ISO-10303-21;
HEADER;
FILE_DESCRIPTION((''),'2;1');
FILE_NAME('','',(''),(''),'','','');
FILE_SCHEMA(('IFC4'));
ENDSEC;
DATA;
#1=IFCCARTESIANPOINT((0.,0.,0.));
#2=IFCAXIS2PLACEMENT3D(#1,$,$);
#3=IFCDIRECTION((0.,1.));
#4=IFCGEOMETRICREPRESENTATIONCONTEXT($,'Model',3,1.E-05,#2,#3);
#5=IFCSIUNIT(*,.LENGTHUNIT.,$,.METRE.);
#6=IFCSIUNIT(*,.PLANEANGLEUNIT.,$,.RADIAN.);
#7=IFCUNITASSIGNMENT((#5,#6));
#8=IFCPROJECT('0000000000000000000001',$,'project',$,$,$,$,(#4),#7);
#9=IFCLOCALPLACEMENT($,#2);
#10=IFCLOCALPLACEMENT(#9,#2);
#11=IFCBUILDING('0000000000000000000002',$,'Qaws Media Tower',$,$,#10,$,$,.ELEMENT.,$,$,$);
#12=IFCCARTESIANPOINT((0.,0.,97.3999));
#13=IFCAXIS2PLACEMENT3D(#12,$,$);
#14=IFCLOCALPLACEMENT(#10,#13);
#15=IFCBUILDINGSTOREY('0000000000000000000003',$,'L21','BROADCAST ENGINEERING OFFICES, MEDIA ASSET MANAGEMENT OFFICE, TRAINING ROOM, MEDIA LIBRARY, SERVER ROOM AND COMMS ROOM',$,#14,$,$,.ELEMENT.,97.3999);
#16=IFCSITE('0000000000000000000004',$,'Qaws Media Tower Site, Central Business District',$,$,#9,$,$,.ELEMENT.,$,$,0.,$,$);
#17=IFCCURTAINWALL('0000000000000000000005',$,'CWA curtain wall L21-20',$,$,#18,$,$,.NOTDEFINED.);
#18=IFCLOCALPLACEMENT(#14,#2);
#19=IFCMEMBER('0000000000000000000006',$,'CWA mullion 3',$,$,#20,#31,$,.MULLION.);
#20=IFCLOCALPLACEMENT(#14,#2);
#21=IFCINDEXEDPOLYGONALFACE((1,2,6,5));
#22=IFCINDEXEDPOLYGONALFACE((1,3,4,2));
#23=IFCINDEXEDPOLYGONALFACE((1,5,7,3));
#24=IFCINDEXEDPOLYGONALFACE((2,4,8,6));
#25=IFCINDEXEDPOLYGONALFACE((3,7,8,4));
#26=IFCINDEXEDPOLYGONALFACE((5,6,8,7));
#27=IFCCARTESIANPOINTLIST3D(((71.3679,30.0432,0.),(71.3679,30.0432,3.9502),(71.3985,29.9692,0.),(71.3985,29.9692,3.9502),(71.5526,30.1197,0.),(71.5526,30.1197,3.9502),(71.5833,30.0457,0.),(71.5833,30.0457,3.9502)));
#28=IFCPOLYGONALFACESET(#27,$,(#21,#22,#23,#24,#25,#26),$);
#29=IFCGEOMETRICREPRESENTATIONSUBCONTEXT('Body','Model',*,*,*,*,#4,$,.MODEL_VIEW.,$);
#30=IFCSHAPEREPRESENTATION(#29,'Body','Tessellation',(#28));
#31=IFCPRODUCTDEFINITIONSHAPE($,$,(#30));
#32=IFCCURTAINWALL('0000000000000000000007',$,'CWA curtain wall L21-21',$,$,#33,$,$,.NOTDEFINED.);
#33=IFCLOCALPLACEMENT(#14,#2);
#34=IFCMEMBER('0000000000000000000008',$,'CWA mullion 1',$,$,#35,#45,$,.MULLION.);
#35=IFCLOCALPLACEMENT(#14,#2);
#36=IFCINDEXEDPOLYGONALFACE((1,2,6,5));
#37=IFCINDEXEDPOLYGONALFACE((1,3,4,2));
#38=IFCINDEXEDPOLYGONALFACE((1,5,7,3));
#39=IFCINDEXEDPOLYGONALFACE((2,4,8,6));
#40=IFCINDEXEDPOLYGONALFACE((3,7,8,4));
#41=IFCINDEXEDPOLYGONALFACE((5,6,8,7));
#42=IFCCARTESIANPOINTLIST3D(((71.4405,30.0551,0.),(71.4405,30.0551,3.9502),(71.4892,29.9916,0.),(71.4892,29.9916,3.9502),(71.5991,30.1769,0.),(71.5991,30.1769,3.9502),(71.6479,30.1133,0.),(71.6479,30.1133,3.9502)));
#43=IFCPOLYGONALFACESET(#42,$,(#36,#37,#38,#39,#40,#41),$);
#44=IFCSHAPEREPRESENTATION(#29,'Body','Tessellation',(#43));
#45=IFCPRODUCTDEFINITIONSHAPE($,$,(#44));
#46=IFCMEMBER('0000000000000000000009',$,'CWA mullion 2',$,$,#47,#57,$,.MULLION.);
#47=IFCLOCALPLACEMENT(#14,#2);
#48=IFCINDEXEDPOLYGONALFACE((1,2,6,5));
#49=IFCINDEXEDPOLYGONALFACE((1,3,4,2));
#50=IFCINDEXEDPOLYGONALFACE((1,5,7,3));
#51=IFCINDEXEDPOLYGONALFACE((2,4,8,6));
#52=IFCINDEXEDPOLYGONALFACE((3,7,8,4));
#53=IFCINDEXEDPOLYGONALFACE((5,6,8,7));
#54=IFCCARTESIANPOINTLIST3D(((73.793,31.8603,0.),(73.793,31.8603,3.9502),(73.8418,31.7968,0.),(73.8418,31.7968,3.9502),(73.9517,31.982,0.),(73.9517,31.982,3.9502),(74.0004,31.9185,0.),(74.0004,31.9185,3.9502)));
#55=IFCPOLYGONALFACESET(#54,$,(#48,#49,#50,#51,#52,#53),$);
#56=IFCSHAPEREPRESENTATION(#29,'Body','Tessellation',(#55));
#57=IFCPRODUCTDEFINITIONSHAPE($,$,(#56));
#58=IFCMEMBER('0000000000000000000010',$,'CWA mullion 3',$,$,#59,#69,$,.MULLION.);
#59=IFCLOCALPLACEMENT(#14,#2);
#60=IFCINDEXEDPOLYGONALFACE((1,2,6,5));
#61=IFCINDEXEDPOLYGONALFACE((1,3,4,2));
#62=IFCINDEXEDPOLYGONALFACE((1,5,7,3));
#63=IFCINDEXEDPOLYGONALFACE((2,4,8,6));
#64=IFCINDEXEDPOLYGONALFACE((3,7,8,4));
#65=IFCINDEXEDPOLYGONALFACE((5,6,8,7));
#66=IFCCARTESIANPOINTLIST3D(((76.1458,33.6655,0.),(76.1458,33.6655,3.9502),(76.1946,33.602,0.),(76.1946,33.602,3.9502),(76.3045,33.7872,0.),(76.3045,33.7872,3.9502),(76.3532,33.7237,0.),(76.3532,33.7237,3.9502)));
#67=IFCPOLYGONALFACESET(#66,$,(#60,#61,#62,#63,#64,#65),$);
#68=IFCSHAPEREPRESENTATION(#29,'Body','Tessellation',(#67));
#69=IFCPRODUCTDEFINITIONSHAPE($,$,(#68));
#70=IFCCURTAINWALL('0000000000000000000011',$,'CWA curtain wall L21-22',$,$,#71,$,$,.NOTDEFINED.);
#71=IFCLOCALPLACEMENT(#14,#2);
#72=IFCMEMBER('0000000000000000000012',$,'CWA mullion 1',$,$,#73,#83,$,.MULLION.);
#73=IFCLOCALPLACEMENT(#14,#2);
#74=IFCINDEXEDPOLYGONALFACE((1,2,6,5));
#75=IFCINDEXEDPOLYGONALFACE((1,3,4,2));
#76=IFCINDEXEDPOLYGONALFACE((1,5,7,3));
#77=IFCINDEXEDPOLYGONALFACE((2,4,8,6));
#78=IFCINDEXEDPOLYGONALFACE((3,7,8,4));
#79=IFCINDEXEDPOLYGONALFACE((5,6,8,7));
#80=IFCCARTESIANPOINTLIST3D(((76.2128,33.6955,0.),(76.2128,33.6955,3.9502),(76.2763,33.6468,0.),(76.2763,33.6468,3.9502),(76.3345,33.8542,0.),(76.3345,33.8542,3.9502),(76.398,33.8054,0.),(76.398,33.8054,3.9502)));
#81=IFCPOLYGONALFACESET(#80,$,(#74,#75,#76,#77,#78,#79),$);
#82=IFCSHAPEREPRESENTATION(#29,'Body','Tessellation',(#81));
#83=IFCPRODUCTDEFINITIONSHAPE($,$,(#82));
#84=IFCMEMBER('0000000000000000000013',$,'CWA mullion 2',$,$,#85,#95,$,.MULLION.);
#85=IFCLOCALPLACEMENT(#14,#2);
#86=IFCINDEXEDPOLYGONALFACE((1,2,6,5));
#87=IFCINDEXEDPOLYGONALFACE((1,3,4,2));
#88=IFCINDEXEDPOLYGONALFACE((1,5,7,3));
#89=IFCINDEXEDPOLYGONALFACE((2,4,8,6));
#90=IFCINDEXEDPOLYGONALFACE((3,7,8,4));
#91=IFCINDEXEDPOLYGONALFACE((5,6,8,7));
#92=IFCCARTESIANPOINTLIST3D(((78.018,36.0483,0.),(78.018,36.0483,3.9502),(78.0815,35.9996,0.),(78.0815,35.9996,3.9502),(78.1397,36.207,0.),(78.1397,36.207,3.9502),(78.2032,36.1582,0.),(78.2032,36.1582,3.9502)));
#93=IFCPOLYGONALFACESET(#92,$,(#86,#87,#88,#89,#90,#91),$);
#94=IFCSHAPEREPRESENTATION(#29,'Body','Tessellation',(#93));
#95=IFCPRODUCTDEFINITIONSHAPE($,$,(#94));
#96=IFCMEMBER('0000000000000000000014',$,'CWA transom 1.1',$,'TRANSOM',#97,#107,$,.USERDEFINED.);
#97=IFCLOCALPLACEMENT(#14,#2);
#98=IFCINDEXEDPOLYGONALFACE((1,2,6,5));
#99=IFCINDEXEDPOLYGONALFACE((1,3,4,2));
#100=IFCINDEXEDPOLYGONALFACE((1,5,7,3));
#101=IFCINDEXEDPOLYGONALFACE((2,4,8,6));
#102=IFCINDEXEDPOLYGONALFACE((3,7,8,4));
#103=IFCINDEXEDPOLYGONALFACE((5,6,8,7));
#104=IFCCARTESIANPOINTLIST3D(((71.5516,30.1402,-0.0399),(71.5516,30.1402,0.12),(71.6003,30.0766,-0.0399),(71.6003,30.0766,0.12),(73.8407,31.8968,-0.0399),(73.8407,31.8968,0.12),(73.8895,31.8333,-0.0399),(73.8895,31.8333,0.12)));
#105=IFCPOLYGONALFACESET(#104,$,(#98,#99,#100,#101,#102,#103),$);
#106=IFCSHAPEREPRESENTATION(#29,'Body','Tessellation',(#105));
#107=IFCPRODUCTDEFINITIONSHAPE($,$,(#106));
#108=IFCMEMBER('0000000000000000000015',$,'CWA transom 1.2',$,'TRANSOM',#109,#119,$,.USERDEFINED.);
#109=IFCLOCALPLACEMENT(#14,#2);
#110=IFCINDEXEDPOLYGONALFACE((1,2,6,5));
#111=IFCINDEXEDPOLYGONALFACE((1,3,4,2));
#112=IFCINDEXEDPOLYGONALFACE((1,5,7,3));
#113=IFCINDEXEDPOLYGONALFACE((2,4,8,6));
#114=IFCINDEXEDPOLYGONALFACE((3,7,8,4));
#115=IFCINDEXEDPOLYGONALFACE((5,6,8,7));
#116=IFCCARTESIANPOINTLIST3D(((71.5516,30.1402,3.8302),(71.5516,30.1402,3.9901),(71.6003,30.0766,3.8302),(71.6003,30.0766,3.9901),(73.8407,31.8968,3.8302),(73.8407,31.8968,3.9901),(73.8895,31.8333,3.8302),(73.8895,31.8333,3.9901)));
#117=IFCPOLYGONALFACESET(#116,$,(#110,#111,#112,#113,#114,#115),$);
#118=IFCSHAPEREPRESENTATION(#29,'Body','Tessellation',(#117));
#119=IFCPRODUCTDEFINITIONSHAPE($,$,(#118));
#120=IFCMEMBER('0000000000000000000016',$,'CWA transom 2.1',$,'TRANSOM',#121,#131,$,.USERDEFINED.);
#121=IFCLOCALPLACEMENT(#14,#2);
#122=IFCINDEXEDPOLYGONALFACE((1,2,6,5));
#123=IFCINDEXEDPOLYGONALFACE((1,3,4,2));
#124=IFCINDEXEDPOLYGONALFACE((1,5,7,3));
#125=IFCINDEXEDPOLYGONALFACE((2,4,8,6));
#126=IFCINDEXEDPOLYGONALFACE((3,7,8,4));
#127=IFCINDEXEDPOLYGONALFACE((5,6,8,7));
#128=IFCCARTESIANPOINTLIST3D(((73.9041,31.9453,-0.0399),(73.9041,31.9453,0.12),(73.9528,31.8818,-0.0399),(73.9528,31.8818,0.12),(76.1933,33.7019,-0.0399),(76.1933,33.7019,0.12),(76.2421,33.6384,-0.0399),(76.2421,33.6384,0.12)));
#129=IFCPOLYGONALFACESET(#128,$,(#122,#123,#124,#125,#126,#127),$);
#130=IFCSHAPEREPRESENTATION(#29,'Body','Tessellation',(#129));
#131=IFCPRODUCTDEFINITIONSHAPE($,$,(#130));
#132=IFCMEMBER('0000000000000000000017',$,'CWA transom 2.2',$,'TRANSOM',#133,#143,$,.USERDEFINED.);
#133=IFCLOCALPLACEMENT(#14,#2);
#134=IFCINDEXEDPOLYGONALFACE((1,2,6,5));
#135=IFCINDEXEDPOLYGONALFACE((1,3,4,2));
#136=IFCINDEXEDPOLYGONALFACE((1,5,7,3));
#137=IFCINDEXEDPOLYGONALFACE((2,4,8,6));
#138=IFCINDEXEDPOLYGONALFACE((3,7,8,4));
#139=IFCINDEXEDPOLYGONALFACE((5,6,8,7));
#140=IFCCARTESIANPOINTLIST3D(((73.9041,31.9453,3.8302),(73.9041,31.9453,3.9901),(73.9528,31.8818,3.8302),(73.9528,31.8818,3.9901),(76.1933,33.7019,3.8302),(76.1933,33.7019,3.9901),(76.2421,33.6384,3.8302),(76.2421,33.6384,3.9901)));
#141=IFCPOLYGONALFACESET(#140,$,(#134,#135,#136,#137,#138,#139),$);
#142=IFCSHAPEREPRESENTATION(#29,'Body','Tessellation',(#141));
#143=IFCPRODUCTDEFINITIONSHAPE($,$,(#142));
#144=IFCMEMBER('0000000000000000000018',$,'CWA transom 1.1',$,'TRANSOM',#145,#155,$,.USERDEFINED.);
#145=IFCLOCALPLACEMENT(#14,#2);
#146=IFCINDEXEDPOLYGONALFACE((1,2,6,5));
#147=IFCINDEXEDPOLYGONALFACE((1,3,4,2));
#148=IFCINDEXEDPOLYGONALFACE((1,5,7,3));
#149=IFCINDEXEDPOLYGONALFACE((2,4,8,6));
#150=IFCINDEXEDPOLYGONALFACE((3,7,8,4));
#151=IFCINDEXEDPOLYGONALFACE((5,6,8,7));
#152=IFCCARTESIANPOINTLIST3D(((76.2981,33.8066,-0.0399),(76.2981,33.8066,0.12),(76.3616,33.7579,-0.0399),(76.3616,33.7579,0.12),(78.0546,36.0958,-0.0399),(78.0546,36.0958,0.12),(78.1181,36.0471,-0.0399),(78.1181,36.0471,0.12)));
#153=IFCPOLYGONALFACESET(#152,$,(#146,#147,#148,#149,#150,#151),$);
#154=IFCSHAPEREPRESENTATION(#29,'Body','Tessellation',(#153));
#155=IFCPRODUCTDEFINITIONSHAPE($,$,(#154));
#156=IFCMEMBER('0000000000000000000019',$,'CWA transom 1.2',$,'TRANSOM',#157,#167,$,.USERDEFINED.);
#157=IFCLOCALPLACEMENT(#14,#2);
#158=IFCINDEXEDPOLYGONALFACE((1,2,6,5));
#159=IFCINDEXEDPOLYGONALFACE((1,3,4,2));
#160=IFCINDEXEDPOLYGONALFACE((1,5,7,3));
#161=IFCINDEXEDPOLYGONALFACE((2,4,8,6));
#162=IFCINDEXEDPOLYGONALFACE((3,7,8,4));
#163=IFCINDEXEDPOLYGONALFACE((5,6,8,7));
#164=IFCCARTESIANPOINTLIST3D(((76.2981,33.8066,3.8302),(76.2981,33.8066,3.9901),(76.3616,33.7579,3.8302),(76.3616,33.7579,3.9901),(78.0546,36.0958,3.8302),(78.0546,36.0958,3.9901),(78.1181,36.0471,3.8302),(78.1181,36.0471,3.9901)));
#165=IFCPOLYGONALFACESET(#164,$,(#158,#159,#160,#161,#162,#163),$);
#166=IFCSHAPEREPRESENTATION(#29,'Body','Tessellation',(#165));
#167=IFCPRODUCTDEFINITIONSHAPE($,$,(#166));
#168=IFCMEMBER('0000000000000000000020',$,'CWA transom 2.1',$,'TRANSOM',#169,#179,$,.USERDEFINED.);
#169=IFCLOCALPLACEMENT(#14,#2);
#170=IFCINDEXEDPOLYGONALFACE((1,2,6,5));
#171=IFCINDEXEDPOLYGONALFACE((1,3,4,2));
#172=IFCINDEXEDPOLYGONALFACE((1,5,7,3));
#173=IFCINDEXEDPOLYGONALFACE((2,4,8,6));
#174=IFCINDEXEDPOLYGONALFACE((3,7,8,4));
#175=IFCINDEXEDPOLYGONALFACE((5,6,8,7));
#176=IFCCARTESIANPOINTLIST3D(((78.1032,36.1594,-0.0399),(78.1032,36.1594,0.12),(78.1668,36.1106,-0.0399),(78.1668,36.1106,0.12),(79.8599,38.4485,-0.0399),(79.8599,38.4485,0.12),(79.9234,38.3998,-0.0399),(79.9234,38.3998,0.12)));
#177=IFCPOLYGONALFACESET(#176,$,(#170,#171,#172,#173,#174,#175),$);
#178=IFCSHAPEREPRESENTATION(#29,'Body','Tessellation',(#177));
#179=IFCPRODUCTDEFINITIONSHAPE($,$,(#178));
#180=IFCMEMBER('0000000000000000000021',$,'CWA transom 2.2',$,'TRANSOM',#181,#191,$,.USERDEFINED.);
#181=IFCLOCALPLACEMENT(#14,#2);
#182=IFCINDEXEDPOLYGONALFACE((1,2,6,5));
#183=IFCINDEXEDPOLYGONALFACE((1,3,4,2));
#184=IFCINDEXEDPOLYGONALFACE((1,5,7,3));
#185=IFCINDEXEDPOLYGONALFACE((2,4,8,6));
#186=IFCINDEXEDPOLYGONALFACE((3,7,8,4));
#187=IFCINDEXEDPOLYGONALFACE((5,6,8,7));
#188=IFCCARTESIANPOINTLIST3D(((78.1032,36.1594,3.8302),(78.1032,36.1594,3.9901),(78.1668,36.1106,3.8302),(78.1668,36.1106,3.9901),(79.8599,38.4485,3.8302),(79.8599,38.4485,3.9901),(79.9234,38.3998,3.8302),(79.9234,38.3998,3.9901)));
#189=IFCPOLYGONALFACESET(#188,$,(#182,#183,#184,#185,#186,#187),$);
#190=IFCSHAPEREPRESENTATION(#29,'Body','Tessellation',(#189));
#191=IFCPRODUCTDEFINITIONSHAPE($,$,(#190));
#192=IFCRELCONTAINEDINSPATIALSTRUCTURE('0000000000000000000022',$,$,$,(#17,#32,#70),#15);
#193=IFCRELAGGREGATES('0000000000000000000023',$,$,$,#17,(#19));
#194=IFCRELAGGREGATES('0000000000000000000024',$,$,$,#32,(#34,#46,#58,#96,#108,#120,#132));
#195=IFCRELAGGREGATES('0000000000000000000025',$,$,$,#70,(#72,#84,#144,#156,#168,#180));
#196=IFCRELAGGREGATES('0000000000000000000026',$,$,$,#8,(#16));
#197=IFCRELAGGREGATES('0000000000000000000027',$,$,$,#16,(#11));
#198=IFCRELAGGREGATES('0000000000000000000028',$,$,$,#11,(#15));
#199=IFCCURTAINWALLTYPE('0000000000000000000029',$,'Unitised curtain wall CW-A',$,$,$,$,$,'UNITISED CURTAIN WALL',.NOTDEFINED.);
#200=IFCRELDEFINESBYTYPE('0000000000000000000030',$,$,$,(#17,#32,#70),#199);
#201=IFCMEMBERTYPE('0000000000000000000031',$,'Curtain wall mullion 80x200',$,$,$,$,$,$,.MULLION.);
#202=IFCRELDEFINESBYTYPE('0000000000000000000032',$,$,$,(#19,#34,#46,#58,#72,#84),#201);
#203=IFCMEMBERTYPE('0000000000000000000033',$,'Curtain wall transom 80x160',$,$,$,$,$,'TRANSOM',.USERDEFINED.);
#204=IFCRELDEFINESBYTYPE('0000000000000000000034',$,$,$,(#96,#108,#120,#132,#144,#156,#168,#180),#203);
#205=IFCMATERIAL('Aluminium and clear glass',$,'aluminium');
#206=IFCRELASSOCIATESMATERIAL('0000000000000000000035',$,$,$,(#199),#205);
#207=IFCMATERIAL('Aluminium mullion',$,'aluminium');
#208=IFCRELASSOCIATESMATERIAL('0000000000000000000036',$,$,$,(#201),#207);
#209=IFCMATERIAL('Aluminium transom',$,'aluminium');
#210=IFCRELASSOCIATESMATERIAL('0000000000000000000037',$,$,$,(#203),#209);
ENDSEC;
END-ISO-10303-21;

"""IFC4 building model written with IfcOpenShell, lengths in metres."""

from ifc_helpers import new_model, si_unit, direction, frame, origin, origin_2d, place, context, subcontext, project, spatial, rectangle, extrude, material, material_profile, profile_set, type_object, element, aggregate, save


model = new_model("IFC4")

# Units and contexts
model_context = context("Model", 3, precision=1e-05, world=origin(), true_north=direction((0.0, 1.0)))
body_context = subcontext(model_context, "Body", "Model", "MODEL_VIEW")
ifc_project = project(units=[si_unit("LENGTHUNIT", "METRE"), si_unit("PLANEANGLEUNIT", "RADIAN")], contexts=[model_context])

# Site, building, storey
site_placement = place(None, origin())
site = spatial("IfcSite", under=ifc_project, at=site_placement, Name="Qaws Media Tower Site, Central Business District", CompositionType="ELEMENT", RefElevation=0.0)
building_placement = place(site_placement, origin())
building = spatial("IfcBuilding", under=site, at=building_placement, Name="Qaws Media Tower", CompositionType="ELEMENT")
storey_placement = place(building_placement, frame((0.0, 0.0, 97.3999)))
storey = spatial("IfcBuildingStorey", under=building, at=storey_placement, Name="L21", Description="BROADCAST ENGINEERING OFFICES, MEDIA ASSET MANAGEMENT OFFICE, TRAINING ROOM, MEDIA LIBRARY, SERVER ROOM AND COMMS ROOM", CompositionType="ELEMENT", Elevation=97.3999)

# Curtain wall, member
ifc_material_1 = material(Name="Aluminium and clear glass", Category="aluminium")
curtain_wall_type = type_object("IfcCurtainWallType", Name="Unitised curtain wall CW-A", ElementType="UNITISED CURTAIN WALL", PredefinedType="NOTDEFINED", material=ifc_material_1)
curtain_wall_1_placement = place(storey_placement, origin())
curtain_wall_1 = element("IfcCurtainWall", 1, at=curtain_wall_1_placement, inside=storey, type_object=curtain_wall_type, Name="CWA curtain wall L21-20", PredefinedType="NOTDEFINED")
ifc_material_2 = material(Name="Aluminium mullion", Category="aluminium")
ifc_material_profile_1 = material_profile(ifc_material_2, rectangle(XDim=0.0801, YDim=0.2, at=origin_2d()), Name="80x200")
ifc_profile_set_1 = profile_set([ifc_material_profile_1], Name="Aluminium mullion")
member_type_1 = type_object("IfcMemberType", Name="Curtain wall mullion 80x200", PredefinedType="MULLION", material=ifc_profile_set_1)
member_1_placement = place(storey_placement, frame((71.4756, 30.0444, 0.0), z_axis=(0.0, 0.0, 1.0), x_axis=(-0.382683, 0.92388, 0.0)))
member_1 = element("IfcMember", 2, at=member_1_placement, type_object=member_type_1, Name="CWA mullion 3", PredefinedType="MULLION", context=body_context, shape_type="SweptSolid", body=[
    extrude(rectangle(XDim=0.0801, YDim=0.2, at=origin_2d()), origin(), (0.0, 0.0, 1.0), 3.9502),
])
aggregate(curtain_wall_1, [member_1])

# Curtain walls, members
curtain_wall_2_placement = place(storey_placement, origin())
curtain_wall_2 = element("IfcCurtainWall", 3, at=curtain_wall_2_placement, inside=storey, type_object=curtain_wall_type, Name="CWA curtain wall L21-21", PredefinedType="NOTDEFINED")
member_2_placement = place(storey_placement, frame((71.5442, 30.0842, 0.0), z_axis=(0.0, 0.0, 1.0), x_axis=(-0.608761, 0.793353, 0.0)))
member_2 = element("IfcMember", 4, at=member_2_placement, type_object=member_type_1, Name="CWA mullion 1", PredefinedType="MULLION", context=body_context, shape_type="SweptSolid", body=[
    extrude(rectangle(XDim=0.0801, YDim=0.2, at=origin_2d()), origin(), (0.0, 0.0, 1.0), 3.9502),
])
member_3_placement = place(storey_placement, frame((73.8967, 31.8894, 0.0), z_axis=(0.0, 0.0, 1.0), x_axis=(-0.608761, 0.793353, 0.0)))
member_3 = element("IfcMember", 5, at=member_3_placement, type_object=member_type_1, Name="CWA mullion 2", PredefinedType="MULLION", context=body_context, shape_type="SweptSolid", body=[
    extrude(rectangle(XDim=0.0801, YDim=0.2, at=origin_2d()), origin(), (0.0, 0.0, 1.0), 3.9502),
])
member_4_placement = place(storey_placement, frame((76.2495, 33.6946, 0.0), z_axis=(0.0, 0.0, 1.0), x_axis=(-0.608761, 0.793353, 0.0)))
member_4 = element("IfcMember", 6, at=member_4_placement, type_object=member_type_1, Name="CWA mullion 3", PredefinedType="MULLION", context=body_context, shape_type="SweptSolid", body=[
    extrude(rectangle(XDim=0.0801, YDim=0.2, at=origin_2d()), origin(), (0.0, 0.0, 1.0), 3.9502),
])
curtain_wall_3_placement = place(storey_placement, origin())
curtain_wall_3 = element("IfcCurtainWall", 7, at=curtain_wall_3_placement, inside=storey, type_object=curtain_wall_type, Name="CWA curtain wall L21-22", PredefinedType="NOTDEFINED")
member_5_placement = place(storey_placement, frame((76.3054, 33.7505, 0.0), z_axis=(0.0, 0.0, 1.0), x_axis=(-0.793353, 0.608761, 0.0)))
member_5 = element("IfcMember", 8, at=member_5_placement, type_object=member_type_1, Name="CWA mullion 1", PredefinedType="MULLION", context=body_context, shape_type="SweptSolid", body=[
    extrude(rectangle(XDim=0.0801, YDim=0.2, at=origin_2d()), origin(), (0.0, 0.0, 1.0), 3.9502),
])
member_6_placement = place(storey_placement, frame((78.1106, 36.1033, 0.0), z_axis=(0.0, 0.0, 1.0), x_axis=(-0.793353, 0.608761, 0.0)))
member_6 = element("IfcMember", 9, at=member_6_placement, type_object=member_type_1, Name="CWA mullion 2", PredefinedType="MULLION", context=body_context, shape_type="SweptSolid", body=[
    extrude(rectangle(XDim=0.0801, YDim=0.2, at=origin_2d()), origin(), (0.0, 0.0, 1.0), 3.9502),
])

# Members
ifc_material_3 = material(Name="Aluminium transom", Category="aluminium")
ifc_material_profile_2 = material_profile(ifc_material_3, rectangle(XDim=0.0801, YDim=0.1599, at=origin_2d()), Name="80x160")
ifc_profile_set_2 = profile_set([ifc_material_profile_2], Name="Aluminium transom")
member_type_2 = type_object("IfcMemberType", Name="Curtain wall transom 80x160", ElementType="TRANSOM", PredefinedType="USERDEFINED", material=ifc_profile_set_2)
member_7_placement = place(storey_placement, frame((71.5759, 30.1084, 0.04), z_axis=(0.793331, 0.60879, 0.0), x_axis=(-0.60879, 0.793331, 0.0)))
member_7 = element("IfcMember", 10, at=member_7_placement, type_object=member_type_2, Name="CWA transom 1.1", ObjectType="TRANSOM", PredefinedType="USERDEFINED", context=body_context, shape_type="SweptSolid", body=[
    extrude(rectangle(XDim=0.0801, YDim=0.1599, at=origin_2d()), origin(), (0.0, 0.0, 1.0), 2.8855),
])
member_8_placement = place(storey_placement, frame((71.5759, 30.1084, 3.9102), z_axis=(0.793331, 0.60879, 0.0), x_axis=(-0.60879, 0.793331, 0.0)))
member_8 = element("IfcMember", 11, at=member_8_placement, type_object=member_type_2, Name="CWA transom 1.2", ObjectType="TRANSOM", PredefinedType="USERDEFINED", context=body_context, shape_type="SweptSolid", body=[
    extrude(rectangle(XDim=0.0801, YDim=0.1599, at=origin_2d()), origin(), (0.0, 0.0, 1.0), 2.8855),
])
member_9_placement = place(storey_placement, frame((73.9285, 31.9136, 0.04), z_axis=(0.793363, 0.608749, 0.0), x_axis=(-0.608749, 0.793363, 0.0)))
member_9 = element("IfcMember", 12, at=member_9_placement, type_object=member_type_2, Name="CWA transom 2.1", ObjectType="TRANSOM", PredefinedType="USERDEFINED", context=body_context, shape_type="SweptSolid", body=[
    extrude(rectangle(XDim=0.0801, YDim=0.1599, at=origin_2d()), origin(), (0.0, 0.0, 1.0), 2.8855),
])
member_10_placement = place(storey_placement, frame((73.9285, 31.9136, 3.9102), z_axis=(0.793363, 0.608749, 0.0), x_axis=(-0.608749, 0.793363, 0.0)))
member_10 = element("IfcMember", 13, at=member_10_placement, type_object=member_type_2, Name="CWA transom 2.2", ObjectType="TRANSOM", PredefinedType="USERDEFINED", context=body_context, shape_type="SweptSolid", body=[
    extrude(rectangle(XDim=0.0801, YDim=0.1599, at=origin_2d()), origin(), (0.0, 0.0, 1.0), 2.8855),
])
member_11_placement = place(storey_placement, frame((76.3298, 33.7822, 0.04), z_axis=(0.608749, 0.793363, 0.0), x_axis=(-0.793363, 0.608749, 0.0)))
member_11 = element("IfcMember", 14, at=member_11_placement, type_object=member_type_2, Name="CWA transom 1.1", ObjectType="TRANSOM", PredefinedType="USERDEFINED", context=body_context, shape_type="SweptSolid", body=[
    extrude(rectangle(XDim=0.0801, YDim=0.1599, at=origin_2d()), origin(), (0.0, 0.0, 1.0), 2.8855),
])
member_12_placement = place(storey_placement, frame((76.3298, 33.7822, 3.9102), z_axis=(0.608749, 0.793363, 0.0), x_axis=(-0.793363, 0.608749, 0.0)))
member_12 = element("IfcMember", 15, at=member_12_placement, type_object=member_type_2, Name="CWA transom 1.2", ObjectType="TRANSOM", PredefinedType="USERDEFINED", context=body_context, shape_type="SweptSolid", body=[
    extrude(rectangle(XDim=0.0801, YDim=0.1599, at=origin_2d()), origin(), (0.0, 0.0, 1.0), 2.8855),
])
member_13_placement = place(storey_placement, frame((78.135, 36.135, 0.04), z_axis=(0.60879, 0.793331, 0.0), x_axis=(-0.793331, 0.60879, 0.0)))
member_13 = element("IfcMember", 16, at=member_13_placement, type_object=member_type_2, Name="CWA transom 2.1", ObjectType="TRANSOM", PredefinedType="USERDEFINED", context=body_context, shape_type="SweptSolid", body=[
    extrude(rectangle(XDim=0.0801, YDim=0.1599, at=origin_2d()), origin(), (0.0, 0.0, 1.0), 2.8855),
])
member_14_placement = place(storey_placement, frame((78.135, 36.135, 3.9102), z_axis=(0.60879, 0.793331, 0.0), x_axis=(-0.793331, 0.60879, 0.0)))
member_14 = element("IfcMember", 17, at=member_14_placement, type_object=member_type_2, Name="CWA transom 2.2", ObjectType="TRANSOM", PredefinedType="USERDEFINED", context=body_context, shape_type="SweptSolid", body=[
    extrude(rectangle(XDim=0.0801, YDim=0.1599, at=origin_2d()), origin(), (0.0, 0.0, 1.0), 2.8855),
])

aggregate(curtain_wall_2, [member_2, member_3, member_4, member_7, member_8, member_9, member_10])
aggregate(curtain_wall_3, [member_5, member_6, member_11, member_12, member_13, member_14])

save(model, "model.ifc")
